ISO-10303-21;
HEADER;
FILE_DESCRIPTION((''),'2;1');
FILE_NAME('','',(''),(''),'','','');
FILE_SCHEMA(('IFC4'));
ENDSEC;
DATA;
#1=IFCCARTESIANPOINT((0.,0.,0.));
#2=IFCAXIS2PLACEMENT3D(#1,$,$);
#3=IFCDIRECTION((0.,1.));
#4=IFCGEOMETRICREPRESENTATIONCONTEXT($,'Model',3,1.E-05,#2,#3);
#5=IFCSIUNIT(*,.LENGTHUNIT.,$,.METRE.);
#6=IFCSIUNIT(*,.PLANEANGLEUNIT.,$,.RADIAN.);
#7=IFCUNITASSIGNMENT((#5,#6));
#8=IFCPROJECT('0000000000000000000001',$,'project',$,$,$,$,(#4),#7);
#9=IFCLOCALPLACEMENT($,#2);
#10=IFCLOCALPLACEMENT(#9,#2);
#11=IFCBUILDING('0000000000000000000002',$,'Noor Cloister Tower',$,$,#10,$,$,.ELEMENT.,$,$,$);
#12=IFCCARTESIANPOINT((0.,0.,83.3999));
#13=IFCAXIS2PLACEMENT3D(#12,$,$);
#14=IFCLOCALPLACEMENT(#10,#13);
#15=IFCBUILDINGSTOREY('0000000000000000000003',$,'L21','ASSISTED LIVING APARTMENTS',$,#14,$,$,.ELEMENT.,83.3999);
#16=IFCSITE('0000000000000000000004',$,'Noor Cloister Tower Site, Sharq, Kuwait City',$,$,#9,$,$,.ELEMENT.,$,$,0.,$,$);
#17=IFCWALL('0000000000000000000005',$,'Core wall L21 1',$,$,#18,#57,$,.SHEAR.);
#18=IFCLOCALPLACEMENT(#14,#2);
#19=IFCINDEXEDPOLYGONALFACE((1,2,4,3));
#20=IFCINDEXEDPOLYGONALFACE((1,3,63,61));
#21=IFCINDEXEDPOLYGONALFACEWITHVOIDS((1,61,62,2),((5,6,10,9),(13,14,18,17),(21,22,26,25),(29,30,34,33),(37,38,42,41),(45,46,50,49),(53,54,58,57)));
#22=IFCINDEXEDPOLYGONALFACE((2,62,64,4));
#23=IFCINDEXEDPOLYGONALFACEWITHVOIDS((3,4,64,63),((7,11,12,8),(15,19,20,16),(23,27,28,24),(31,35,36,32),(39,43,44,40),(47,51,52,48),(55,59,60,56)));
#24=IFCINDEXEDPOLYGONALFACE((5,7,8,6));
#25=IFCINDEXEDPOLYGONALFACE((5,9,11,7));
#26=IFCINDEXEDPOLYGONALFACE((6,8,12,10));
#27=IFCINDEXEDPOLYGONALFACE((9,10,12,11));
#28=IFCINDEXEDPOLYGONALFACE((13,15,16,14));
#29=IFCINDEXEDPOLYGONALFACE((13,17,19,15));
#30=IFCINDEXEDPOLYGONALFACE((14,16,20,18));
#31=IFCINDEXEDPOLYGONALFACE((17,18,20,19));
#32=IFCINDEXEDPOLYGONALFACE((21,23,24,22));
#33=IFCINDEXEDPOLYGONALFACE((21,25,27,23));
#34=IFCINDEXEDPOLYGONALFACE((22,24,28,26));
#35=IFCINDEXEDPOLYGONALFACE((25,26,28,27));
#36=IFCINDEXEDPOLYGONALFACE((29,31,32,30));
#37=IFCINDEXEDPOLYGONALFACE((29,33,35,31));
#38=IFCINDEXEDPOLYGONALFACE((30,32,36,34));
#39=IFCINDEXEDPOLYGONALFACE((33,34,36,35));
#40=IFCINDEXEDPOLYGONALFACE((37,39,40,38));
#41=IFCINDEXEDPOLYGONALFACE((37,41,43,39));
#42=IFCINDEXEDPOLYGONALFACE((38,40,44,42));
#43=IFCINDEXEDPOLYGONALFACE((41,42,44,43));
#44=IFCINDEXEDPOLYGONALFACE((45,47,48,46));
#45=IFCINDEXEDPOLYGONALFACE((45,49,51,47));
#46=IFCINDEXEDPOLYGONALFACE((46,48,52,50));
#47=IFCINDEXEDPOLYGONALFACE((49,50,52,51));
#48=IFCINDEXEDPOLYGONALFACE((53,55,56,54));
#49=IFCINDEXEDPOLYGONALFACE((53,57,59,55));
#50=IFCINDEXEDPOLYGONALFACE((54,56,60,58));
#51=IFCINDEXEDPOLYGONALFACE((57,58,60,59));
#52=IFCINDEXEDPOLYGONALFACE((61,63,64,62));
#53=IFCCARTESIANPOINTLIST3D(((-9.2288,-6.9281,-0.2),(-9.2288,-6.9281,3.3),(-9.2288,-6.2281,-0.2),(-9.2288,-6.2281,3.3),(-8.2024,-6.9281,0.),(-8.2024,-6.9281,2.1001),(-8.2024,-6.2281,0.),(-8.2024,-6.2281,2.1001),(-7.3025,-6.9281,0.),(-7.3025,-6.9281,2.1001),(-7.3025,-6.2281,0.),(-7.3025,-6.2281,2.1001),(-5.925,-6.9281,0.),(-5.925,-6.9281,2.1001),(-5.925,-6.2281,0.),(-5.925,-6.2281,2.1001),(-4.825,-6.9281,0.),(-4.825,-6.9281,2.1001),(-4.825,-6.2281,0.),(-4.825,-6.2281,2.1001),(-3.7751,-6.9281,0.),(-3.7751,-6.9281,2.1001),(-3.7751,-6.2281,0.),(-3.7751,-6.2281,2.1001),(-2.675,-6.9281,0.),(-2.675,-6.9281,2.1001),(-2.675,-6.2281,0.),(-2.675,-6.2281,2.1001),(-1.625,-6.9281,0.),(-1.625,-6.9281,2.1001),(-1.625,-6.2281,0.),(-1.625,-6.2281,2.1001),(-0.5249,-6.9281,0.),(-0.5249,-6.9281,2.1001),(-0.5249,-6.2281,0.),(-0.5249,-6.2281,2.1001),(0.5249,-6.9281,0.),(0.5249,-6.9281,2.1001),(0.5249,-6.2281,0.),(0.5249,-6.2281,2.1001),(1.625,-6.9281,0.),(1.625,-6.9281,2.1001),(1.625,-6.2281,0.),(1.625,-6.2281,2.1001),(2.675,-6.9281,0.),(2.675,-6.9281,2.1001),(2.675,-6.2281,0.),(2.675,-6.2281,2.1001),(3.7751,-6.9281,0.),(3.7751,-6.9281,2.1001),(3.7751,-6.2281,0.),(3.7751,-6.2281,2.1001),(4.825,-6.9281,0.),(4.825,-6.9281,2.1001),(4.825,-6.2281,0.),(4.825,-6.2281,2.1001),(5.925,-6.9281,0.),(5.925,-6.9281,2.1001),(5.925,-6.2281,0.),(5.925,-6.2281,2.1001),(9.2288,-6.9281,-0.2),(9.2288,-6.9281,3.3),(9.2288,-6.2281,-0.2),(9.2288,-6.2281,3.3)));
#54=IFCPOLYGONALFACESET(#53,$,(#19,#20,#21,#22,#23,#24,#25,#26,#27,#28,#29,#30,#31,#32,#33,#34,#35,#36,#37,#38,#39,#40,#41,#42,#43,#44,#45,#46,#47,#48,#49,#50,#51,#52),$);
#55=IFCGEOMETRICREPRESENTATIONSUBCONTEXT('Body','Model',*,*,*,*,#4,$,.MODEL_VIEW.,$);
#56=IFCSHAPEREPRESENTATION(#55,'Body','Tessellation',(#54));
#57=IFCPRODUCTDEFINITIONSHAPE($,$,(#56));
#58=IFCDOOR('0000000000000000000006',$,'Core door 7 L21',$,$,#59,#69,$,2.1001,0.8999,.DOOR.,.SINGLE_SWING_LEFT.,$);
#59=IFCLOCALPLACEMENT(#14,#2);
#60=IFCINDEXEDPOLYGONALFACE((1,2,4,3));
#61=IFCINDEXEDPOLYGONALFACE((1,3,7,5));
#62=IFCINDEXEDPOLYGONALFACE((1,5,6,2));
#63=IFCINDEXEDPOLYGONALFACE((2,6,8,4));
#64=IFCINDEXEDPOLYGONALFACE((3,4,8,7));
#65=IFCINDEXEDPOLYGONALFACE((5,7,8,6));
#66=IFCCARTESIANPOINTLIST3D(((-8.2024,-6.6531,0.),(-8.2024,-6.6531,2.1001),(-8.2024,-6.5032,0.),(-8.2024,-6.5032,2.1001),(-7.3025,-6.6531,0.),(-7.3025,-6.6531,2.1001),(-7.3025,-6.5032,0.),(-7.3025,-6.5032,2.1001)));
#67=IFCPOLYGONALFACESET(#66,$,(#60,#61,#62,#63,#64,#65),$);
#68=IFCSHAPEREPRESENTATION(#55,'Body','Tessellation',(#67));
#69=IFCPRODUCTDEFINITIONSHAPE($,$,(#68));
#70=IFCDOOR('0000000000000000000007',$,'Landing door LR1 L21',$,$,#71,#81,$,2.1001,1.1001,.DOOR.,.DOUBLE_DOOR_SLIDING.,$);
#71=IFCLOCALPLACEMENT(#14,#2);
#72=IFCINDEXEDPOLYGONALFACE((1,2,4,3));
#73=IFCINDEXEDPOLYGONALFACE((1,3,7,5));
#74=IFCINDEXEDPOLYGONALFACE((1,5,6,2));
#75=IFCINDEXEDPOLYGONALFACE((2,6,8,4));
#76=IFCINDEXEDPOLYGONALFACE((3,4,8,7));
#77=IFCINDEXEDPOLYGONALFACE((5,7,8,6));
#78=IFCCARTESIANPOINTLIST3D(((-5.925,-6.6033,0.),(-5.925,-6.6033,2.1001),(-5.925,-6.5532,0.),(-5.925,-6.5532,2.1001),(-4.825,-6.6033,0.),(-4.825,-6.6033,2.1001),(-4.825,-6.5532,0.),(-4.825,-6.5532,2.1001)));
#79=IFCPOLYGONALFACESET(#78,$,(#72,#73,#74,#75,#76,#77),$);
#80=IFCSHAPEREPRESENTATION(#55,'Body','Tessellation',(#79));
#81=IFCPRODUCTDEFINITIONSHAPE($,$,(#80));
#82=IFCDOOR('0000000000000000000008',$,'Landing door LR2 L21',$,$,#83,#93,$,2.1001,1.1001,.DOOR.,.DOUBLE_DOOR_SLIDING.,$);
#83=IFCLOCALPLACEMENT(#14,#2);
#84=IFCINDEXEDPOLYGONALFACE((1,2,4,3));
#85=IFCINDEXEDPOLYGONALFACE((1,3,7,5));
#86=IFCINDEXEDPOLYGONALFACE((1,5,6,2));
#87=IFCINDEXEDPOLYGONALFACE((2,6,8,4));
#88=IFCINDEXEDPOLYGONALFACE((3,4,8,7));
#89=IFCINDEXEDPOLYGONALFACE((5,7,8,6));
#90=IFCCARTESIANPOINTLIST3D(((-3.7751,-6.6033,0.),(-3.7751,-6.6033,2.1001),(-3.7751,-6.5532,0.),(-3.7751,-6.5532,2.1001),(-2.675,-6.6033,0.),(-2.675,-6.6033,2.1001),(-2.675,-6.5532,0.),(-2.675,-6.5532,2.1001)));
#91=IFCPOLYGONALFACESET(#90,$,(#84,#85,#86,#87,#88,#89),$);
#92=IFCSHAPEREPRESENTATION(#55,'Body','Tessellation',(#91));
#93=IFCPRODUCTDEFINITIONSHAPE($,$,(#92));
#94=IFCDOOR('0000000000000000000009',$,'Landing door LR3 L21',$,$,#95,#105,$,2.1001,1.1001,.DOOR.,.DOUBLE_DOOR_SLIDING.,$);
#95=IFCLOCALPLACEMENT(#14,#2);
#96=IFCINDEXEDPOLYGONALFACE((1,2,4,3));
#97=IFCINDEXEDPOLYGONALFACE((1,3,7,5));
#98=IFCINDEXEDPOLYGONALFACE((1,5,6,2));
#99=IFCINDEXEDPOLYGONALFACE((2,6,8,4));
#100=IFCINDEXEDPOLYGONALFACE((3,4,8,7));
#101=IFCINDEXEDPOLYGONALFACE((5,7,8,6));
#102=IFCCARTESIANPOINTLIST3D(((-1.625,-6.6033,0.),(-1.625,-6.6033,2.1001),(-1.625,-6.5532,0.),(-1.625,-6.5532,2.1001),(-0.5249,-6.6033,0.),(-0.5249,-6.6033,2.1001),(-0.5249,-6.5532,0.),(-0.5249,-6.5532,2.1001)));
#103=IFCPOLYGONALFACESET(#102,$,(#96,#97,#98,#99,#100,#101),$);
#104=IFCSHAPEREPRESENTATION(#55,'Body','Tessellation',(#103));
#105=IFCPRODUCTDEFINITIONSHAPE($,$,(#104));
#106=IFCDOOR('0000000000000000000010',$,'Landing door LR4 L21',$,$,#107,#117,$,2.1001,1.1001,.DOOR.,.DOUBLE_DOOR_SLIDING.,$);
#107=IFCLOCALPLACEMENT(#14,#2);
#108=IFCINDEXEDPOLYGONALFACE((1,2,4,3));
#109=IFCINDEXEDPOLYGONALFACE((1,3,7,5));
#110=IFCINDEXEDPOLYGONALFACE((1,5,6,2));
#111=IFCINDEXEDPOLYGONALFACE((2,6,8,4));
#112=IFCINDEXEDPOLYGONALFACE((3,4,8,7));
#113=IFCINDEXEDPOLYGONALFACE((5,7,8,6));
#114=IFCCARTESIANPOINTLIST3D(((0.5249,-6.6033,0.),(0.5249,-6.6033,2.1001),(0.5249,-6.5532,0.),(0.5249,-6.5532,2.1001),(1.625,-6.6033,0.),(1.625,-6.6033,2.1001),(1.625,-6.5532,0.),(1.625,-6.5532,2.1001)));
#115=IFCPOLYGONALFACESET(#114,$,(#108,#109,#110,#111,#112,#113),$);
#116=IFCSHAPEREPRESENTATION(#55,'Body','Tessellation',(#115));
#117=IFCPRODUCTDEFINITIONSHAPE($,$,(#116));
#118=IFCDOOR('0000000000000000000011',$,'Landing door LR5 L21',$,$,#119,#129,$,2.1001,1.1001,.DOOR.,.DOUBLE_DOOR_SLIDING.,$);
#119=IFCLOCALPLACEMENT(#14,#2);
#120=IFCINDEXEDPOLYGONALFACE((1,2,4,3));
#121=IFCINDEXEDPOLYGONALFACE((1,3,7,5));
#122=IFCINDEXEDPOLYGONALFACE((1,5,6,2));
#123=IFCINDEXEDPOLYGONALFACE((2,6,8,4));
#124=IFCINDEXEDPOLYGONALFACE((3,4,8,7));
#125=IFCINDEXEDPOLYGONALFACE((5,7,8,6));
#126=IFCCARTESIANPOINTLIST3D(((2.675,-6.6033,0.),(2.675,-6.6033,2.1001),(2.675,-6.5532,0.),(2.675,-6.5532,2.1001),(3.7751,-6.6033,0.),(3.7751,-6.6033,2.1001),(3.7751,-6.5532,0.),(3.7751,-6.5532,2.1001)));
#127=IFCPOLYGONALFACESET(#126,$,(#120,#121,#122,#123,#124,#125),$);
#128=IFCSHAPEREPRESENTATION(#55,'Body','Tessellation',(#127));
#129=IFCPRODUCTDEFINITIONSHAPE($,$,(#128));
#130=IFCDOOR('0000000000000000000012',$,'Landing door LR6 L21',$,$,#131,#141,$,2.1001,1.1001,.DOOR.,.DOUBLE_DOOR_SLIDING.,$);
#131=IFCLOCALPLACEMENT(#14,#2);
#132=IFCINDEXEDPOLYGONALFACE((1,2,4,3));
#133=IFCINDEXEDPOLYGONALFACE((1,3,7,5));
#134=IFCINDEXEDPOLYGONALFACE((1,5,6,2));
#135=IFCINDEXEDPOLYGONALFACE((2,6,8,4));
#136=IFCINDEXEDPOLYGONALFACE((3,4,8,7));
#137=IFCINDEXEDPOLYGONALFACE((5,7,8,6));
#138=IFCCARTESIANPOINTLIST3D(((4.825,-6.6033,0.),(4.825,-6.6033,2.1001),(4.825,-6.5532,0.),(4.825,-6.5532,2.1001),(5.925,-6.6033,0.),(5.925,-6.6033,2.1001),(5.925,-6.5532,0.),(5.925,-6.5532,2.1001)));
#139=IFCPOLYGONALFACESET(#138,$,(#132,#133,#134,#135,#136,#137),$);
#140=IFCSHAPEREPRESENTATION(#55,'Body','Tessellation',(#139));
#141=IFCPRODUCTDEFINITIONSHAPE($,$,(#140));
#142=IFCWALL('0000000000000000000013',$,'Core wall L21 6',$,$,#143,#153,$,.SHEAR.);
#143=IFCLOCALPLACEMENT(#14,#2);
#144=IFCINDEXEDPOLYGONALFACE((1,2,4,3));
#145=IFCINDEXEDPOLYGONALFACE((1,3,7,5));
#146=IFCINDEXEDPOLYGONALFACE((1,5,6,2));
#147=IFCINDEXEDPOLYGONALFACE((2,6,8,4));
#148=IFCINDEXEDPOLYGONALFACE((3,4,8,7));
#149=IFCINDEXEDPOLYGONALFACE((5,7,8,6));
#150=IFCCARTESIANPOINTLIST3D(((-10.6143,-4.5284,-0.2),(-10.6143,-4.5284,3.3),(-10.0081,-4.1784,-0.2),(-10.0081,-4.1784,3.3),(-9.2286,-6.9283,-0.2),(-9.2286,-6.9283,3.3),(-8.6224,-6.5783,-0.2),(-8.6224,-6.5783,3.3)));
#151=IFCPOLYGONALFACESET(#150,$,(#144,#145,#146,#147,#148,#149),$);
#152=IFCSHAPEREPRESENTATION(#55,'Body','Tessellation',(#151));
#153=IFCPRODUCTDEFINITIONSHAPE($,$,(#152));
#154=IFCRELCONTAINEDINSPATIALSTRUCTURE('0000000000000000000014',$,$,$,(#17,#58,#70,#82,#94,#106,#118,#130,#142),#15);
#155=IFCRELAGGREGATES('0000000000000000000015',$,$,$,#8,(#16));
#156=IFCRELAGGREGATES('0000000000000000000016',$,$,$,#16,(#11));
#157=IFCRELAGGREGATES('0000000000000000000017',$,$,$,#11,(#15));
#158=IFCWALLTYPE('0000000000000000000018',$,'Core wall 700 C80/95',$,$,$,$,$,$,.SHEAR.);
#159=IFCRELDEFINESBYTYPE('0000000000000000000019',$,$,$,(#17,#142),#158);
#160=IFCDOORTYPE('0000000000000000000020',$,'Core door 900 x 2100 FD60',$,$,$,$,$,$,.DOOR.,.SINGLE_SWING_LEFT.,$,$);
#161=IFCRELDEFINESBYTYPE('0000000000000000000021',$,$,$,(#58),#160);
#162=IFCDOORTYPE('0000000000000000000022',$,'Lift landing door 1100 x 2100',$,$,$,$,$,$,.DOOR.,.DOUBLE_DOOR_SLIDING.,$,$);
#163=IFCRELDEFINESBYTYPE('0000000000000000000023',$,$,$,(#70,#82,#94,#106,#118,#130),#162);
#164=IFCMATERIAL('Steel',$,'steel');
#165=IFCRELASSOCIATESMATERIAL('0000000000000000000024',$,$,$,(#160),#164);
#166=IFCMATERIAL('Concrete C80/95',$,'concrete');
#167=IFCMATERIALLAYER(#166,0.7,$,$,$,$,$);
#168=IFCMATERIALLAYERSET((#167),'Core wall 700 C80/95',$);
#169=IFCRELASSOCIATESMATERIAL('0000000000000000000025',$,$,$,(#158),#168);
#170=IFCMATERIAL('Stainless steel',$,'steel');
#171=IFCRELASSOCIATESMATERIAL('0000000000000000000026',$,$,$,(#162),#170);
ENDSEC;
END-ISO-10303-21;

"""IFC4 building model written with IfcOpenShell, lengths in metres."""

from ifc_helpers import new_model, si_unit, direction, frame, frame_2d, origin, place, context, subcontext, project, spatial, rectangle, extrude, material, layer, layer_set, type_object, element, fill, save


model = new_model("IFC4")

# Units and contexts
model_context = context("Model", 3, precision=1e-05, world=origin(), true_north=direction((0.0, 1.0)))
body_context = subcontext(model_context, "Body", "Model", "MODEL_VIEW")
ifc_project = project(units=[si_unit("LENGTHUNIT", "METRE"), si_unit("PLANEANGLEUNIT", "RADIAN")], contexts=[model_context])

# Site, building, storey
site_placement = place(None, origin())
site = spatial("IfcSite", under=ifc_project, at=site_placement, Name="Noor Cloister Tower Site, Sharq, Kuwait City", CompositionType="ELEMENT", RefElevation=0.0)
building_placement = place(site_placement, origin())
building = spatial("IfcBuilding", under=site, at=building_placement, Name="Noor Cloister Tower", CompositionType="ELEMENT")
storey_placement = place(building_placement, frame((0.0, 0.0, 83.3999)))
storey = spatial("IfcBuildingStorey", under=building, at=storey_placement, Name="L21", Description="ASSISTED LIVING APARTMENTS", CompositionType="ELEMENT", Elevation=83.3999)

# Shared definitions
ifc_material_1 = material(Name="Steel", Category="steel")
door_type_1 = type_object("IfcDoorType", Name="Core door 900 x 2100 FD60", OperationType="SINGLE_SWING_LEFT", PredefinedType="DOOR", material=ifc_material_1)

# Wall, openings, doors
ifc_material_2 = material(Name="Concrete C80/95", Category="concrete")
ifc_layer_1 = layer(ifc_material_2, 0.7)
ifc_layer_set_1 = layer_set([ifc_layer_1], Name="Core wall 700 C80/95")
wall_type_1 = type_object("IfcWallType", Name="Core wall 700 C80/95", PredefinedType="SHEAR", material=ifc_layer_set_1)
wall_1_placement = place(storey_placement, frame((-9.2288, -6.5781, -0.2), z_axis=(0.0, 0.0, 1.0), x_axis=(1.0, 0.0, 0.0)))
wall_1 = element("IfcWall", 1, at=wall_1_placement, inside=storey, type_object=wall_type_1, Name="Core wall L21 1", PredefinedType="SHEAR", context=body_context, shape_type="SweptSolid", body=[
    extrude(rectangle(XDim=18.4575, YDim=0.7, at=frame_2d((9.2288, 0.0))), origin(), (0.0, 0.0, 1.0), 3.5),
])
opening_1_placement = place(wall_1_placement, frame((3.3037, 0.0, 0.2)))
opening_1 = element("IfcOpeningElement", 2, at=opening_1_placement, cuts=wall_1, PredefinedType="OPENING", context=body_context, shape_type="SweptSolid", body=[
    extrude(rectangle(XDim=1.1001, YDim=2.1001, at=frame_2d((0.55, 1.05))), frame((0.0, 0.3599, 0.0), z_axis=(0.0, -1.0, 0.0), x_axis=(1.0, 0.0, 0.0)), (0.0, 0.0, 1.0), 0.72),
])
opening_2_placement = place(wall_1_placement, frame((5.4536, 0.0, 0.2)))
opening_2 = element("IfcOpeningElement", 3, at=opening_2_placement, cuts=wall_1, PredefinedType="OPENING", context=body_context, shape_type="SweptSolid", body=[
    extrude(rectangle(XDim=1.1001, YDim=2.1001, at=frame_2d((0.55, 1.05))), frame((0.0, 0.3599, 0.0), z_axis=(0.0, -1.0, 0.0), x_axis=(1.0, 0.0, 0.0)), (0.0, 0.0, 1.0), 0.72),
])
opening_3_placement = place(wall_1_placement, frame((7.6038, 0.0, 0.2)))
opening_3 = element("IfcOpeningElement", 4, at=opening_3_placement, cuts=wall_1, PredefinedType="OPENING", context=body_context, shape_type="SweptSolid", body=[
    extrude(rectangle(XDim=1.1001, YDim=2.1001, at=frame_2d((0.55, 1.05))), frame((0.0, 0.3599, 0.0), z_axis=(0.0, -1.0, 0.0), x_axis=(1.0, 0.0, 0.0)), (0.0, 0.0, 1.0), 0.72),
])
opening_4_placement = place(wall_1_placement, frame((9.7537, 0.0, 0.2)))
opening_4 = element("IfcOpeningElement", 5, at=opening_4_placement, cuts=wall_1, PredefinedType="OPENING", context=body_context, shape_type="SweptSolid", body=[
    extrude(rectangle(XDim=1.1001, YDim=2.1001, at=frame_2d((0.55, 1.05))), frame((0.0, 0.3599, 0.0), z_axis=(0.0, -1.0, 0.0), x_axis=(1.0, 0.0, 0.0)), (0.0, 0.0, 1.0), 0.72),
])
opening_5_placement = place(wall_1_placement, frame((11.9038, 0.0, 0.2)))
opening_5 = element("IfcOpeningElement", 6, at=opening_5_placement, cuts=wall_1, PredefinedType="OPENING", context=body_context, shape_type="SweptSolid", body=[
    extrude(rectangle(XDim=1.1001, YDim=2.1001, at=frame_2d((0.55, 1.05))), frame((0.0, 0.3599, 0.0), z_axis=(0.0, -1.0, 0.0), x_axis=(1.0, 0.0, 0.0)), (0.0, 0.0, 1.0), 0.72),
])
opening_6_placement = place(wall_1_placement, frame((14.0537, 0.0, 0.2)))
opening_6 = element("IfcOpeningElement", 7, at=opening_6_placement, cuts=wall_1, PredefinedType="OPENING", context=body_context, shape_type="SweptSolid", body=[
    extrude(rectangle(XDim=1.1001, YDim=2.1001, at=frame_2d((0.55, 1.05))), frame((0.0, 0.3599, 0.0), z_axis=(0.0, -1.0, 0.0), x_axis=(1.0, 0.0, 0.0)), (0.0, 0.0, 1.0), 0.72),
])
opening_7_placement = place(wall_1_placement, frame((1.0264, 0.0, 0.2)))
opening_7 = element("IfcOpeningElement", 8, at=opening_7_placement, cuts=wall_1, PredefinedType="OPENING", context=body_context, shape_type="SweptSolid", body=[
    extrude(rectangle(XDim=0.8999, YDim=2.1001, at=frame_2d((0.45, 1.05))), frame((0.0, 0.3599, 0.0), z_axis=(0.0, -1.0, 0.0), x_axis=(1.0, 0.0, 0.0)), (0.0, 0.0, 1.0), 0.72),
])
door_1_placement = place(opening_7_placement, origin())
door_1 = element("IfcDoor", 9, at=door_1_placement, inside=storey, type_object=door_type_1, Name="Core door 7 L21", OperationType="SINGLE_SWING_LEFT", OverallHeight=2.1001, OverallWidth=0.8999, PredefinedType="DOOR", context=body_context, shape_type="SweptSolid", body=[
    extrude(rectangle(XDim=0.8999, YDim=2.1001, at=frame_2d((0.45, 1.05))), frame((0.0, 0.075, 0.0), z_axis=(0.0, -1.0, 0.0), x_axis=(1.0, 0.0, 0.0)), (0.0, 0.0, 1.0), 0.1499),
])
fill(opening_7, door_1)
ifc_material_3 = material(Name="Stainless steel", Category="steel")
door_type_2 = type_object("IfcDoorType", Name="Lift landing door 1100 x 2100", OperationType="DOUBLE_DOOR_SLIDING", PredefinedType="DOOR", material=ifc_material_3)
door_2_placement = place(opening_1_placement, origin())
door_2 = element("IfcDoor", 10, at=door_2_placement, inside=storey, type_object=door_type_2, Name="Landing door LR1 L21", OperationType="DOUBLE_DOOR_SLIDING", OverallHeight=2.1001, OverallWidth=1.1001, PredefinedType="DOOR", context=body_context, shape_type="SweptSolid", body=[
    extrude(rectangle(XDim=1.1001, YDim=2.1001, at=frame_2d((0.55, 1.05))), frame((0.0, 0.0249, 0.0), z_axis=(0.0, -1.0, 0.0), x_axis=(1.0, 0.0, 0.0)), (0.0, 0.0, 1.0), 0.05),
])
fill(opening_1, door_2)
door_3_placement = place(opening_2_placement, origin())
door_3 = element("IfcDoor", 11, at=door_3_placement, inside=storey, type_object=door_type_2, Name="Landing door LR2 L21", OperationType="DOUBLE_DOOR_SLIDING", OverallHeight=2.1001, OverallWidth=1.1001, PredefinedType="DOOR", context=body_context, shape_type="SweptSolid", body=[
    extrude(rectangle(XDim=1.1001, YDim=2.1001, at=frame_2d((0.55, 1.05))), frame((0.0, 0.0249, 0.0), z_axis=(0.0, -1.0, 0.0), x_axis=(1.0, 0.0, 0.0)), (0.0, 0.0, 1.0), 0.05),
])
fill(opening_2, door_3)
door_4_placement = place(opening_3_placement, origin())
door_4 = element("IfcDoor", 12, at=door_4_placement, inside=storey, type_object=door_type_2, Name="Landing door LR3 L21", OperationType="DOUBLE_DOOR_SLIDING", OverallHeight=2.1001, OverallWidth=1.1001, PredefinedType="DOOR", context=body_context, shape_type="SweptSolid", body=[
    extrude(rectangle(XDim=1.1001, YDim=2.1001, at=frame_2d((0.55, 1.05))), frame((0.0, 0.0249, 0.0), z_axis=(0.0, -1.0, 0.0), x_axis=(1.0, 0.0, 0.0)), (0.0, 0.0, 1.0), 0.05),
])
fill(opening_3, door_4)
door_5_placement = place(opening_4_placement, origin())
door_5 = element("IfcDoor", 13, at=door_5_placement, inside=storey, type_object=door_type_2, Name="Landing door LR4 L21", OperationType="DOUBLE_DOOR_SLIDING", OverallHeight=2.1001, OverallWidth=1.1001, PredefinedType="DOOR", context=body_context, shape_type="SweptSolid", body=[
    extrude(rectangle(XDim=1.1001, YDim=2.1001, at=frame_2d((0.55, 1.05))), frame((0.0, 0.0249, 0.0), z_axis=(0.0, -1.0, 0.0), x_axis=(1.0, 0.0, 0.0)), (0.0, 0.0, 1.0), 0.05),
])
fill(opening_4, door_5)
door_6_placement = place(opening_5_placement, origin())
door_6 = element("IfcDoor", 14, at=door_6_placement, inside=storey, type_object=door_type_2, Name="Landing door LR5 L21", OperationType="DOUBLE_DOOR_SLIDING", OverallHeight=2.1001, OverallWidth=1.1001, PredefinedType="DOOR", context=body_context, shape_type="SweptSolid", body=[
    extrude(rectangle(XDim=1.1001, YDim=2.1001, at=frame_2d((0.55, 1.05))), frame((0.0, 0.0249, 0.0), z_axis=(0.0, -1.0, 0.0), x_axis=(1.0, 0.0, 0.0)), (0.0, 0.0, 1.0), 0.05),
])
fill(opening_5, door_6)
door_7_placement = place(opening_6_placement, origin())
door_7 = element("IfcDoor", 15, at=door_7_placement, inside=storey, type_object=door_type_2, Name="Landing door LR6 L21", OperationType="DOUBLE_DOOR_SLIDING", OverallHeight=2.1001, OverallWidth=1.1001, PredefinedType="DOOR", context=body_context, shape_type="SweptSolid", body=[
    extrude(rectangle(XDim=1.1001, YDim=2.1001, at=frame_2d((0.55, 1.05))), frame((0.0, 0.0249, 0.0), z_axis=(0.0, -1.0, 0.0), x_axis=(1.0, 0.0, 0.0)), (0.0, 0.0, 1.0), 0.05),
])
fill(opening_6, door_7)

# Wall
wall_2_placement = place(storey_placement, frame((-10.3113, -4.3533, -0.2), z_axis=(0.0, 0.0, 1.0), x_axis=(0.500043, -0.866001, 0.0)))
element("IfcWall", 16, at=wall_2_placement, inside=storey, type_object=wall_type_1, Name="Core wall L21 6", PredefinedType="SHEAR", context=body_context, shape_type="SweptSolid", body=[
    extrude(rectangle(XDim=2.7712, YDim=0.7, at=frame_2d((1.3857, 0.0))), origin(), (0.0, 0.0, 1.0), 3.5),
])

save(model, "model.ifc")
